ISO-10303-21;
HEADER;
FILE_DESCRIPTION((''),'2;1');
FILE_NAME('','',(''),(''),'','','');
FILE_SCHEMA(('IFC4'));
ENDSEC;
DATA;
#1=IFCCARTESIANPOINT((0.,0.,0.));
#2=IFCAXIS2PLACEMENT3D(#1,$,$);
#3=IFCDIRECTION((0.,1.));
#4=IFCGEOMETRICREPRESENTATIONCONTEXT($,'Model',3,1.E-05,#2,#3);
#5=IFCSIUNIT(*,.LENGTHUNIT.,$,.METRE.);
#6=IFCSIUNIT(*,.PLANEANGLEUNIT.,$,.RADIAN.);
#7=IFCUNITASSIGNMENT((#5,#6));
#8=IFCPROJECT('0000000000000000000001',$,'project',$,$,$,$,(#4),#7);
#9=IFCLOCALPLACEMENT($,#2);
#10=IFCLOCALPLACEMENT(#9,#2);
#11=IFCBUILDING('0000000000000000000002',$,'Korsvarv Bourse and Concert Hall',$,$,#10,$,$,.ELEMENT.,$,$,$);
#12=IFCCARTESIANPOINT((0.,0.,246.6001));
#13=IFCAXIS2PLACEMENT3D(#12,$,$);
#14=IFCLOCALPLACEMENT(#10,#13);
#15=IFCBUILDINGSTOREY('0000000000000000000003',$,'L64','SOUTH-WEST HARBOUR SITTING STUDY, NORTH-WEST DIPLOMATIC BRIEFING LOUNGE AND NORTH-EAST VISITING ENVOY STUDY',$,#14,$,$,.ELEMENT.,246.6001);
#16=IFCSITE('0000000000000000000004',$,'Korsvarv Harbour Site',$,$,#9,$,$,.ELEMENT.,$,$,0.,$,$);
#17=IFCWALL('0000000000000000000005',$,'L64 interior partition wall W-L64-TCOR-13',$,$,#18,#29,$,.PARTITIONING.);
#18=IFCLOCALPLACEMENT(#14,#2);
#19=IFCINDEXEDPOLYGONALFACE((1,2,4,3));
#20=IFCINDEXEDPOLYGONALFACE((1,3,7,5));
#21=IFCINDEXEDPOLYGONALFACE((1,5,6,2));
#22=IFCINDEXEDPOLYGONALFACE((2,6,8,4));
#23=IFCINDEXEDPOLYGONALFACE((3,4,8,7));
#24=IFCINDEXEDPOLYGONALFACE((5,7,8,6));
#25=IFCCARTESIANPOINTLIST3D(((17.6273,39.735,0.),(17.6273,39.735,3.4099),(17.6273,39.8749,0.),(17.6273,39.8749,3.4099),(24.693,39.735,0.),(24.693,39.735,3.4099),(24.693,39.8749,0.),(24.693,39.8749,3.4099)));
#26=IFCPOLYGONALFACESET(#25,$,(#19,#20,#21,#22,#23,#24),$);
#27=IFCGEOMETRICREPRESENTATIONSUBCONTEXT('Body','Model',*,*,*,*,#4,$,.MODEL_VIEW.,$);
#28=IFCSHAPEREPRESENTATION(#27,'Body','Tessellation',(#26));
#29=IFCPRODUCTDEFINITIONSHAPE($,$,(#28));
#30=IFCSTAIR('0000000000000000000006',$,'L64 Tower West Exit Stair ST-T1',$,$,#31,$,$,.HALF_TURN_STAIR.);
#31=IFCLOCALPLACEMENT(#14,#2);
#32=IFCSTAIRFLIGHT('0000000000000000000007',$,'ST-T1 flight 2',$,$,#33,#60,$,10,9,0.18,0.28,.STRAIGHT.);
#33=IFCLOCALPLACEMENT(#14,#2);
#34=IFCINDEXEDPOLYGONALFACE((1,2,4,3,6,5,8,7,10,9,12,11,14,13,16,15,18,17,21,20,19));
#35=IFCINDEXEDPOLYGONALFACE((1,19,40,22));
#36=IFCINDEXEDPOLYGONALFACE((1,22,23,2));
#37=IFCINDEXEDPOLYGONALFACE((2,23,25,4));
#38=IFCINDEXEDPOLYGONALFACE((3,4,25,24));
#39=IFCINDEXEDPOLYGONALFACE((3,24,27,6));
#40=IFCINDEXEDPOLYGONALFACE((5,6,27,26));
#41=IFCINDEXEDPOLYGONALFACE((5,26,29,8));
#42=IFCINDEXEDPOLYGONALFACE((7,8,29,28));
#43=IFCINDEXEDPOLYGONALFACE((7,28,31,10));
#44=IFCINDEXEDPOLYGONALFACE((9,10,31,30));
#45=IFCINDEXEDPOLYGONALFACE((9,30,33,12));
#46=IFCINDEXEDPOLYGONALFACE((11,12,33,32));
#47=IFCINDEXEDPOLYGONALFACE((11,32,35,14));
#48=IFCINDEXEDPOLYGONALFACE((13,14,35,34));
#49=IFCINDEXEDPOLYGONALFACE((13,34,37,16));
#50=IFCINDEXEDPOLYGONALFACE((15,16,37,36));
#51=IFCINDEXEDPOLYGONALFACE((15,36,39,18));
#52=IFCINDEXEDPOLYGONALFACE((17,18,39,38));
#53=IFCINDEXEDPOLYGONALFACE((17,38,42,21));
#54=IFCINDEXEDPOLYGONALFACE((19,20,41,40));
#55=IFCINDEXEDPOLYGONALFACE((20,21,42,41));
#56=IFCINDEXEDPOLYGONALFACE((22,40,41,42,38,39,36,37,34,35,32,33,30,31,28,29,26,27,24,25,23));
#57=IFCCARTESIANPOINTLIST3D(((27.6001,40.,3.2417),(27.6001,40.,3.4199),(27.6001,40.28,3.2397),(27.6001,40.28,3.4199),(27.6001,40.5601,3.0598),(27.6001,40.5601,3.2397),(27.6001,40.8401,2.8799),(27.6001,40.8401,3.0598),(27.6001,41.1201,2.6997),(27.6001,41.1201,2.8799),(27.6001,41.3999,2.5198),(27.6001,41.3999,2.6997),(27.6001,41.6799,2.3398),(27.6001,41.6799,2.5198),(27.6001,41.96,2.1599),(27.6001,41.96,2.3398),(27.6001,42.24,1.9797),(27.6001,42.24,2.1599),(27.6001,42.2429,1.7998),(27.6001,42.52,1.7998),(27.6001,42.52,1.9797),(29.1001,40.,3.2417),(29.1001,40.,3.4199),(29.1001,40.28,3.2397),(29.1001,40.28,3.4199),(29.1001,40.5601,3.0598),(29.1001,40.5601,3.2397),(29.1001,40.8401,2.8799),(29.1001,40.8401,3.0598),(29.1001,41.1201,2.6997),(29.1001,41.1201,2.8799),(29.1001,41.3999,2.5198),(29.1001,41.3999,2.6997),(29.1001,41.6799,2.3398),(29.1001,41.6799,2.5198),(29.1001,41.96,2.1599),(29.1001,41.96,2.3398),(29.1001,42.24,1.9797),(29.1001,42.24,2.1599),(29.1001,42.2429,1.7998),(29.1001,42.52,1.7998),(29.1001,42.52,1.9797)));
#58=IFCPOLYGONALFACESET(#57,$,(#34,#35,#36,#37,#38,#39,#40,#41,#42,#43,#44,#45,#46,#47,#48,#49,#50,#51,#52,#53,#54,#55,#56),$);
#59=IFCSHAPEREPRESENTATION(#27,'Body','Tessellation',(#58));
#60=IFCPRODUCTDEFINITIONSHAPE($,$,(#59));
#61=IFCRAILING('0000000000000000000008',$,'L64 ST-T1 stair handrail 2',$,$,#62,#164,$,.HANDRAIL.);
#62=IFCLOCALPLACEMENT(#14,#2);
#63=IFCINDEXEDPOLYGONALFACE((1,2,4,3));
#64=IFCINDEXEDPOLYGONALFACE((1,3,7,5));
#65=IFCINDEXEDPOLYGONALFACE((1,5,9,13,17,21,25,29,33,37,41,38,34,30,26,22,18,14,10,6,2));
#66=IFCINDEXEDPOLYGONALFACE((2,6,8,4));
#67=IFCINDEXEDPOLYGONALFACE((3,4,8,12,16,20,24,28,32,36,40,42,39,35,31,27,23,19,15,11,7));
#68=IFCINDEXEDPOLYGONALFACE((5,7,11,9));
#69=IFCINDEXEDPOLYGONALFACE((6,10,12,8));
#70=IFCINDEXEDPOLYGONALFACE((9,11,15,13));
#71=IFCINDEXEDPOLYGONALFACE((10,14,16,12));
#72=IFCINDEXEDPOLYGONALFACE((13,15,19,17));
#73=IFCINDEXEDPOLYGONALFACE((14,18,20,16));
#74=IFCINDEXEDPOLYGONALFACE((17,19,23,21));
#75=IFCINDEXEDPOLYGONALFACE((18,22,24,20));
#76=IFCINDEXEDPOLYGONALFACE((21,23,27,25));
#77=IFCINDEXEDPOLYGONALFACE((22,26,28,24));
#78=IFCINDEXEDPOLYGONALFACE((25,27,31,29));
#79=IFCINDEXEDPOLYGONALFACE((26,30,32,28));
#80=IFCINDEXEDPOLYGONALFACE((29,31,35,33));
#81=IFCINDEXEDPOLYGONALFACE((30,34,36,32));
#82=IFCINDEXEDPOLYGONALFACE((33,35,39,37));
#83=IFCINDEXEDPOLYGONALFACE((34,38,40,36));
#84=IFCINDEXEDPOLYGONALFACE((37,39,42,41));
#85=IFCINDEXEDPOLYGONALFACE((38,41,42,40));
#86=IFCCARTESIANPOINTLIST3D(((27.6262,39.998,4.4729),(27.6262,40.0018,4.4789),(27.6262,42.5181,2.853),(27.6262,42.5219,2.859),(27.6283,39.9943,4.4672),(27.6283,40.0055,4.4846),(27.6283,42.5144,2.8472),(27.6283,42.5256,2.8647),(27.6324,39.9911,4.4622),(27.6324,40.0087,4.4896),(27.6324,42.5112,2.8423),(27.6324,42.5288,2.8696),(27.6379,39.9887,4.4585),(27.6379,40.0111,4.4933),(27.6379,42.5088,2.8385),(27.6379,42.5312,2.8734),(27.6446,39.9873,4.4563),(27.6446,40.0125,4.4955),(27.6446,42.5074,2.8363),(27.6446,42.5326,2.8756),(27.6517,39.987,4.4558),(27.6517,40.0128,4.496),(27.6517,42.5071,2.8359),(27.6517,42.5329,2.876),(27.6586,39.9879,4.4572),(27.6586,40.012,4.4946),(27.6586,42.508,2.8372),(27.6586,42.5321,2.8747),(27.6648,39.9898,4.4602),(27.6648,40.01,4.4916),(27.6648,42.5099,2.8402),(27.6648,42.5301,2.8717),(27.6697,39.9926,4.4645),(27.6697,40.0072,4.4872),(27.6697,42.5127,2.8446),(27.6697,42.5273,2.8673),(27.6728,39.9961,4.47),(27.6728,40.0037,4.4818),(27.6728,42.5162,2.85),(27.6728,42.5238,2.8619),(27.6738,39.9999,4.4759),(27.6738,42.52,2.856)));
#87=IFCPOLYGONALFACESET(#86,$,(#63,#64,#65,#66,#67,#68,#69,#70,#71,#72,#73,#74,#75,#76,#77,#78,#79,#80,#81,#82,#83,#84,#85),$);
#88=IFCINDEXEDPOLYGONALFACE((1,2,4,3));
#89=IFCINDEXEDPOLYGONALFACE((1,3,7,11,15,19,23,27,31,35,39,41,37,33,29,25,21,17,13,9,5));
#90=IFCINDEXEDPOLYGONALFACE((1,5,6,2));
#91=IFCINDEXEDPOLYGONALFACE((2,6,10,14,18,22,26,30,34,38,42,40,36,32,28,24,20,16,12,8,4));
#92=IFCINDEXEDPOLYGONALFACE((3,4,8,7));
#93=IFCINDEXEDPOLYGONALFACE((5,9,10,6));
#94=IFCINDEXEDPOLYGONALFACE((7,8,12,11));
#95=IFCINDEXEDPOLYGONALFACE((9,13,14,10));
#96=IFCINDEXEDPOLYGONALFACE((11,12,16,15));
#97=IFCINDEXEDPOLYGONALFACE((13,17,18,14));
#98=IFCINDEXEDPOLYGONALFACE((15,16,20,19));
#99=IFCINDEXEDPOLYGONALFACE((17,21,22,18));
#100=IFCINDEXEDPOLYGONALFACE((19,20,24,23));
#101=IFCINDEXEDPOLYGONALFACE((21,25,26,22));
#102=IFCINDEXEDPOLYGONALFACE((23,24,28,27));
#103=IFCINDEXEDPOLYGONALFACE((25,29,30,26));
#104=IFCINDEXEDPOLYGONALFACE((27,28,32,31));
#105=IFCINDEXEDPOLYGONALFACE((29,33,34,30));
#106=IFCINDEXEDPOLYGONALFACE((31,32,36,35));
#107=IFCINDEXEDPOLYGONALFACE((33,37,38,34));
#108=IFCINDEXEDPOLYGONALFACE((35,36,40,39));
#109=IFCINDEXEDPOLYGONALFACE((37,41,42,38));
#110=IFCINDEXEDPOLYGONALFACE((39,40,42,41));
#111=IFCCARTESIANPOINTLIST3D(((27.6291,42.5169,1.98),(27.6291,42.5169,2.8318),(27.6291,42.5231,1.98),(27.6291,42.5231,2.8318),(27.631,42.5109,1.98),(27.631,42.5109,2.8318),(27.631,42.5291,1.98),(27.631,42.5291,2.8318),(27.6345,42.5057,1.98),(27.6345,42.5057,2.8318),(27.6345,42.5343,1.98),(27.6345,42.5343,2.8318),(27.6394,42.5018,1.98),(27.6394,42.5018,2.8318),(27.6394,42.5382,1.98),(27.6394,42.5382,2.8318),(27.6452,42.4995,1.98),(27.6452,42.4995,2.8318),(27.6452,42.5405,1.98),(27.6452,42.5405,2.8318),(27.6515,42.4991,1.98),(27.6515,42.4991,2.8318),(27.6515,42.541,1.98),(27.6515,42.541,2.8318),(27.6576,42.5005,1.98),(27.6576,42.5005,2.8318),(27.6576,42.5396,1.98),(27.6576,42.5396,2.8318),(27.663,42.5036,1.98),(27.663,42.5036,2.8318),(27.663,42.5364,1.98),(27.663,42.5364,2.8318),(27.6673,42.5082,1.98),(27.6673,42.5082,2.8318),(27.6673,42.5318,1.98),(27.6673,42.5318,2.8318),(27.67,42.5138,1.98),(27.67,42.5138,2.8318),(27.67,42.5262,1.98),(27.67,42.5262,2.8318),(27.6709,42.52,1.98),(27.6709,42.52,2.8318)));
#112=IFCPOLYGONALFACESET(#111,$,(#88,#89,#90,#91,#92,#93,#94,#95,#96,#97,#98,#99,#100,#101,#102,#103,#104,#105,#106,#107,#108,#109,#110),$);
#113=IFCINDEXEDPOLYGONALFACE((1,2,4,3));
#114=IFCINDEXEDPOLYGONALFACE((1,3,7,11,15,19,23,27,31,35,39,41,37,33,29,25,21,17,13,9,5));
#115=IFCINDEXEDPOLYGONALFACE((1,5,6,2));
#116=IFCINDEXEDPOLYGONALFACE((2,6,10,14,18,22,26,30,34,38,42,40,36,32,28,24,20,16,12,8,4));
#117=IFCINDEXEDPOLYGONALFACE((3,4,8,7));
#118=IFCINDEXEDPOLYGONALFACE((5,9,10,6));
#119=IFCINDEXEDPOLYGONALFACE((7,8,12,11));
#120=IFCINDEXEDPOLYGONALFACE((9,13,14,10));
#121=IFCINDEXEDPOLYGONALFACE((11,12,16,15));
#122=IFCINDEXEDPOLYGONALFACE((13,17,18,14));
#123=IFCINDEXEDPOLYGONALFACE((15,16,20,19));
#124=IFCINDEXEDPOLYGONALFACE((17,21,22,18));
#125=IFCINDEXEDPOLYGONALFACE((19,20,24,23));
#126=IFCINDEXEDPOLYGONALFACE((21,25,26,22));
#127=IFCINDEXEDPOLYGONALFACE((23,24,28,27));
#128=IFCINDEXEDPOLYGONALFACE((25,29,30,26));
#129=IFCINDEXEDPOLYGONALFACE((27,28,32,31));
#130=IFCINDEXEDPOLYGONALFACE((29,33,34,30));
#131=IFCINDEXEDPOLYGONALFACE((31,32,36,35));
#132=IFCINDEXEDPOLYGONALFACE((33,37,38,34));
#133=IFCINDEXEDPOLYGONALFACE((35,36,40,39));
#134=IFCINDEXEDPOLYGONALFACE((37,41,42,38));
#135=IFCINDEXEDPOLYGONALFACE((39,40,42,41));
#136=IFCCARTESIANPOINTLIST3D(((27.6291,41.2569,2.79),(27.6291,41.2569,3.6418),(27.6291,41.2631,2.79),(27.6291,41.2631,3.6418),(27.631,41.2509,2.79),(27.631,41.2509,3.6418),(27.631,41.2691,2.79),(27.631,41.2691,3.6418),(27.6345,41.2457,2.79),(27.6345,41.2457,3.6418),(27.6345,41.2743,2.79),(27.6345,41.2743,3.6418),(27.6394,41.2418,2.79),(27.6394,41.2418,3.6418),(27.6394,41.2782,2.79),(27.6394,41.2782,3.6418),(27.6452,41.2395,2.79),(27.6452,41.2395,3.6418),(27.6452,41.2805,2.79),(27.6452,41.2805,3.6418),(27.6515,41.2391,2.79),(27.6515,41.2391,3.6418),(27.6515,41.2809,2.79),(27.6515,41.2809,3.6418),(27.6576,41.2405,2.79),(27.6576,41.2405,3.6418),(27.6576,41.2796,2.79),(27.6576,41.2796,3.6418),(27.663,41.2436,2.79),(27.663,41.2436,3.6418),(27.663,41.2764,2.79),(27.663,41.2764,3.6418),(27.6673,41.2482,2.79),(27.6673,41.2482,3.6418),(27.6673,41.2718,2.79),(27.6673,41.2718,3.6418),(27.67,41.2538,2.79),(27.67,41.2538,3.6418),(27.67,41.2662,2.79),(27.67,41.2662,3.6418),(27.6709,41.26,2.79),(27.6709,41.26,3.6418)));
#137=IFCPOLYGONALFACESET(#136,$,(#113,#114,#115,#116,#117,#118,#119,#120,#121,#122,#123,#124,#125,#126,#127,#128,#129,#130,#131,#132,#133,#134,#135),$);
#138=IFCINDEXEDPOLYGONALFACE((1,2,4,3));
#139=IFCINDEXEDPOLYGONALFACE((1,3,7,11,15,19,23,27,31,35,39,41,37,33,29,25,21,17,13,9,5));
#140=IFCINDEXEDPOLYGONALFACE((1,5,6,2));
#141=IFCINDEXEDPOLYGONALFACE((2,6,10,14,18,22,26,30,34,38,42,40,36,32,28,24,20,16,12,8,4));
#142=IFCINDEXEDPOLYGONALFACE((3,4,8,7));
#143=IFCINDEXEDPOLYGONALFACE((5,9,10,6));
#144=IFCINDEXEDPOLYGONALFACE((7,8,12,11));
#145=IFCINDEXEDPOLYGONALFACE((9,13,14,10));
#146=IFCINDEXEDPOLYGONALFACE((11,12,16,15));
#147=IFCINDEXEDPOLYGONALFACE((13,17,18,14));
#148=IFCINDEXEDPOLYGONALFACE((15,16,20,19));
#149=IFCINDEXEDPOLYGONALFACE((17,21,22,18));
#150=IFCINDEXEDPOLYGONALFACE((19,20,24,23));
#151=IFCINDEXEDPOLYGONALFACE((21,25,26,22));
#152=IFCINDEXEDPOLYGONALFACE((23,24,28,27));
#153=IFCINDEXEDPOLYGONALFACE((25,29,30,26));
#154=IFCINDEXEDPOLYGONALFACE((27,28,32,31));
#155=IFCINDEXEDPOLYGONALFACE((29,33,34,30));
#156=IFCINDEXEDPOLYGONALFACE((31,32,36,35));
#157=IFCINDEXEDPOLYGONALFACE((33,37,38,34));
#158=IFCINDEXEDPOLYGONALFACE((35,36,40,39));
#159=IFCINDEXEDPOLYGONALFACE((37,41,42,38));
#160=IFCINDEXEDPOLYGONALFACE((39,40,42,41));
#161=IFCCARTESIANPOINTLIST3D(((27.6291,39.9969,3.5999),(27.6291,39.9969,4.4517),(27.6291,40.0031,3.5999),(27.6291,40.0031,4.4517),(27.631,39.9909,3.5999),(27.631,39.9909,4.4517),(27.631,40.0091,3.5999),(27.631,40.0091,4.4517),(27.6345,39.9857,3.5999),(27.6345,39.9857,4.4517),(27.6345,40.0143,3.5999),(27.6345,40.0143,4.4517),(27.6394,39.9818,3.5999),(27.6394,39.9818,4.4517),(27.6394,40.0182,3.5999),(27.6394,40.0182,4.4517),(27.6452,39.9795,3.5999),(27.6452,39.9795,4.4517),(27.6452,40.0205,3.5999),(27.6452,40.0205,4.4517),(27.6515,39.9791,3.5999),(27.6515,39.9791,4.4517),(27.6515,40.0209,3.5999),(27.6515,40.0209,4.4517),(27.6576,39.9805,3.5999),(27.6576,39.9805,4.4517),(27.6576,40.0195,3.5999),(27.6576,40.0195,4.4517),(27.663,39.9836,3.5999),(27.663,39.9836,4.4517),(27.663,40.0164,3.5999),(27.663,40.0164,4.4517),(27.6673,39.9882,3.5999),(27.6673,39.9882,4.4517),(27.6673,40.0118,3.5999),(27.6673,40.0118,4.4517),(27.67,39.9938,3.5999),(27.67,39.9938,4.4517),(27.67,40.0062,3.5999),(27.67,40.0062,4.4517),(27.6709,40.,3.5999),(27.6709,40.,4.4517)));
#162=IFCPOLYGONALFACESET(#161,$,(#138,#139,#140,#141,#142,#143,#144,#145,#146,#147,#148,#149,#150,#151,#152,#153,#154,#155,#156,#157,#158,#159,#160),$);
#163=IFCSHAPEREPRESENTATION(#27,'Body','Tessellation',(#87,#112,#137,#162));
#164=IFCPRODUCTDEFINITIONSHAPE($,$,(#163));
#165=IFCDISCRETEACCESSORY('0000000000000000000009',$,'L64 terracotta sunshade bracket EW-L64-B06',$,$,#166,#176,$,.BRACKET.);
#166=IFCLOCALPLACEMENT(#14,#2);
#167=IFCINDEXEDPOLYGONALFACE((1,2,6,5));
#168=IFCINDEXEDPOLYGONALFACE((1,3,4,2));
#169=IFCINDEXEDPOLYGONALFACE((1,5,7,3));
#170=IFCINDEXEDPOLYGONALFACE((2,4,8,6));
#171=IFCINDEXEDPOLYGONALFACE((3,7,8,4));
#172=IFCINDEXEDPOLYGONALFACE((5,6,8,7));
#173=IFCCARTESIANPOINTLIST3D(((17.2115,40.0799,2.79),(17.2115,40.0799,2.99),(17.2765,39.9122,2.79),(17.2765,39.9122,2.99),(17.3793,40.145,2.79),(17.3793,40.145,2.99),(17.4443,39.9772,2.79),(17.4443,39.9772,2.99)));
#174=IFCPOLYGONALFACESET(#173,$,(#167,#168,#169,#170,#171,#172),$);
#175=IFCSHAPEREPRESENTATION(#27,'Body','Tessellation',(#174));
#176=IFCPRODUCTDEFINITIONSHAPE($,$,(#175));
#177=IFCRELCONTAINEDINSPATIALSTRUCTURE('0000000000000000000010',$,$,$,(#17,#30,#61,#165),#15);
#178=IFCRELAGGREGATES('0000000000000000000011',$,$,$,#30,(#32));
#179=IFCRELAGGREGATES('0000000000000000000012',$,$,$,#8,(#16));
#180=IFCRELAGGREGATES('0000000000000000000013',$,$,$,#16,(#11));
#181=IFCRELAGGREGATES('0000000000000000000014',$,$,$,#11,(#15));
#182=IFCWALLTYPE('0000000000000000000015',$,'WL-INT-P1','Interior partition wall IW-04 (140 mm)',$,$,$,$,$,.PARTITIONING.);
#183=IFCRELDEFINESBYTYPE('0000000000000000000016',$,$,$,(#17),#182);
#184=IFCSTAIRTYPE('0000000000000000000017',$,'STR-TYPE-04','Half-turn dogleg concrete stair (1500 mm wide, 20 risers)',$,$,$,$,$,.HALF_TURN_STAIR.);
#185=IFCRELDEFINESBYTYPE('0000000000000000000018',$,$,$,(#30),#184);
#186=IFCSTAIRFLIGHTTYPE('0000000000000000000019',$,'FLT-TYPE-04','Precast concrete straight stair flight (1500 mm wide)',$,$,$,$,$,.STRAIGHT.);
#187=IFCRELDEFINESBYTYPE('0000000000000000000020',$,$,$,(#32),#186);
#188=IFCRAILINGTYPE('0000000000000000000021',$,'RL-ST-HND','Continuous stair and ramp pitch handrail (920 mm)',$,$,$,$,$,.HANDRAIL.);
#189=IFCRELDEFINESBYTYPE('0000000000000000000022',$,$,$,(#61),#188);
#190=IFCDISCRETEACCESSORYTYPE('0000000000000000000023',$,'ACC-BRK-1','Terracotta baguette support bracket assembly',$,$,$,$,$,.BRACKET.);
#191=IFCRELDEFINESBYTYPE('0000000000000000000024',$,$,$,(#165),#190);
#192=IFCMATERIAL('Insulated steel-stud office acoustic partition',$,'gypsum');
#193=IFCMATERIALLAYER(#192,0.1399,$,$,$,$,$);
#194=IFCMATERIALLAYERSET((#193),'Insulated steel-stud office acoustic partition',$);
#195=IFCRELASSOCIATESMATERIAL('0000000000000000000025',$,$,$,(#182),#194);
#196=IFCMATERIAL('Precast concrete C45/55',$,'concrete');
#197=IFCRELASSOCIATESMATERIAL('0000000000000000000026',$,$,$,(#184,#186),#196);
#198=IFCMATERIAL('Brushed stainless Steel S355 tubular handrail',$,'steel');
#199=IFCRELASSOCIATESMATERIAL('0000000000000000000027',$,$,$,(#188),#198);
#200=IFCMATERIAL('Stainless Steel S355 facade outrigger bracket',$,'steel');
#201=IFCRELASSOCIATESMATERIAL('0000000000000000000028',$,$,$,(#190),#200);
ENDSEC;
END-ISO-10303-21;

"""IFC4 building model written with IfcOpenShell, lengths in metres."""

from ifc_helpers import new_model, si_unit, direction, frame, frame_2d, origin, origin_2d, place, context, subcontext, project, spatial, polyline, rectangle, circle, outline, extrude, source, transform, mapped, material, layer, layer_set, type_object, element, aggregate, save


model = new_model("IFC4")

# Units and contexts
model_context = context("Model", 3, precision=1e-05, world=origin(), true_north=direction((0.0, 1.0)))
body_context = subcontext(model_context, "Body", "Model", "MODEL_VIEW")
ifc_project = project(units=[si_unit("LENGTHUNIT", "METRE"), si_unit("PLANEANGLEUNIT", "RADIAN")], contexts=[model_context])

# Site, building, storey
site_placement = place(None, origin())
site = spatial("IfcSite", under=ifc_project, at=site_placement, Name="Korsvarv Harbour Site", CompositionType="ELEMENT", RefElevation=0.0)
building_placement = place(site_placement, origin())
building = spatial("IfcBuilding", under=site, at=building_placement, Name="Korsvarv Bourse and Concert Hall", CompositionType="ELEMENT")
storey_placement = place(building_placement, frame((0.0, 0.0, 246.6001)))
storey = spatial("IfcBuildingStorey", under=building, at=storey_placement, Name="L64", Description="SOUTH-WEST HARBOUR SITTING STUDY, NORTH-WEST DIPLOMATIC BRIEFING LOUNGE AND NORTH-EAST VISITING ENVOY STUDY", CompositionType="ELEMENT", Elevation=246.6001)

# Wall
ifc_material_1 = material(Name="Insulated steel-stud office acoustic partition", Category="gypsum")
ifc_layer_1 = layer(ifc_material_1, 0.1399)
ifc_layer_set_1 = layer_set([ifc_layer_1], Name="Insulated steel-stud office acoustic partition")
wall_type_1 = type_object("IfcWallType", Name="WL-INT-P1", Description="Interior partition wall IW-04 (140 mm)", PredefinedType="PARTITIONING", material=ifc_layer_set_1)
wall_1_placement = place(storey_placement, frame((17.6274, 39.8049, 0.0), z_axis=(0.0, 0.0, 1.0), x_axis=(1.0, 0.0, 0.0)))
element("IfcWall", 1, at=wall_1_placement, inside=storey, type_object=wall_type_1, Name="L64 interior partition wall W-L64-TCOR-13", PredefinedType="PARTITIONING", context=body_context, shape_type="SweptSolid", body=[
    extrude(rectangle(XDim=7.0657, YDim=0.1399, at=frame_2d((3.5327, 0.0))), origin(), (0.0, 0.0, 1.0), 3.4099),
])

# Stair, stair flight
ifc_material_2 = material(Name="Precast concrete C45/55", Category="concrete")
stair_type = type_object("IfcStairType", Name="STR-TYPE-04", Description="Half-turn dogleg concrete stair (1500 mm wide, 20 risers)", PredefinedType="HALF_TURN_STAIR", material=ifc_material_2)
stair_placement = place(storey_placement, origin())
stair = element("IfcStair", 2, at=stair_placement, inside=storey, type_object=stair_type, Name="L64 Tower West Exit Stair ST-T1", PredefinedType="HALF_TURN_STAIR")
stair_flight_type = type_object("IfcStairFlightType", Name="FLT-TYPE-04", Description="Precast concrete straight stair flight (1500 mm wide)", PredefinedType="STRAIGHT", material=ifc_material_2)
stair_flight_placement = place(storey_placement, frame((28.3501, 42.52, 1.7998), z_axis=(0.0, 0.0, 1.0), x_axis=(0.0, -1.0, 0.0)))
stair_flight = element("IfcStairFlight", 3, at=stair_flight_placement, type_object=stair_flight_type, Name="ST-T1 flight 2", NumberOfRisers=10, NumberOfTreads=9, PredefinedType="STRAIGHT", RiserHeight=0.18, TreadLength=0.28, context=body_context, shape_type="SweptSolid", body=[
    extrude(outline(polyline([(0.0, 0.0), (0.0, 0.1799), (0.28, 0.1799), (0.28, 0.3601), (0.5601, 0.3601), (0.5601, 0.54), (0.8401, 0.54), (0.8401, 0.72), (1.1201, 0.72), (1.1201, 0.8999), (1.3999, 0.8999), (1.3999, 1.0801), (1.6799, 1.0801), (1.6799, 1.26), (1.96, 1.26), (1.96, 1.4399), (2.24, 1.4399), (2.24, 1.6201), (2.52, 1.6201), (2.52, 1.8), (2.52, 1.4419), (0.2771, 0.0), (0.0, 0.0)])), frame((0.0, 0.75, 0.0), z_axis=(0.0, -1.0, 0.0), x_axis=(1.0, 0.0, 0.0)), (0.0, 0.0, 1.0), 1.5),
])
aggregate(stair, [stair_flight])

# Railing
ifc_material_3 = material(Name="Brushed stainless Steel S355 tubular handrail", Category="steel")
railing_type = type_object("IfcRailingType", Name="RL-ST-HND", Description="Continuous stair and ramp pitch handrail (920 mm)", PredefinedType="HANDRAIL", material=ifc_material_3)
railing_placement = place(storey_placement, frame((27.6499, 42.52, 1.98)))
element("IfcRailing", 4, at=railing_placement, inside=storey, type_object=railing_type, Name="L64 ST-T1 stair handrail 2", PredefinedType="HANDRAIL", context=body_context, shape_type="SweptSolid", body=[
    extrude(circle(Radius=0.0239, at=origin_2d()), frame((0.0, 0.0, 0.876), z_axis=(0.0, -0.8412, 0.540725), x_axis=(1.0, 0.0, 0.0)), (0.0, 0.0, 1.0), 2.9958),
    extrude(circle(Radius=0.021, at=origin_2d()), origin(), (0.0, 0.0, 1.0), 0.8518),
    extrude(circle(Radius=0.021, at=origin_2d()), frame((0.0, -1.26, 0.8101)), (0.0, 0.0, 1.0), 0.8518),
    extrude(circle(Radius=0.021, at=origin_2d()), frame((0.0, -2.52, 1.6199)), (0.0, 0.0, 1.0), 0.8518),
])

# Discrete accessory
ifc_material_4 = material(Name="Stainless Steel S355 facade outrigger bracket", Category="steel")
discrete_accessory_type = type_object("IfcDiscreteAccessoryType", Name="ACC-BRK-1", Description="Terracotta baguette support bracket assembly", PredefinedType="BRACKET", material=ifc_material_4)
shared_shape_1 = source(origin(), body_context, "Body", "SweptSolid", [
    extrude(rectangle(XDim=0.1799, YDim=0.1799, at=origin_2d()), origin(), (0.0, 0.0, 1.0), 0.2),
])
discrete_accessory_placement = place(storey_placement, frame((17.3279, 40.0286, 2.79), z_axis=(0.0, 0.0, 1.0), x_axis=(0.361299, -0.93245, 0.0)))
element("IfcDiscreteAccessory", 5, at=discrete_accessory_placement, inside=storey, type_object=discrete_accessory_type, Name="L64 terracotta sunshade bracket EW-L64-B06", PredefinedType="BRACKET", context=body_context, shape_type="MappedRepresentation", body=[
    mapped(shared_shape_1, transform((0.0, 0.0, 0.0), scale=1.0)),
])

save(model, "model.ifc")
